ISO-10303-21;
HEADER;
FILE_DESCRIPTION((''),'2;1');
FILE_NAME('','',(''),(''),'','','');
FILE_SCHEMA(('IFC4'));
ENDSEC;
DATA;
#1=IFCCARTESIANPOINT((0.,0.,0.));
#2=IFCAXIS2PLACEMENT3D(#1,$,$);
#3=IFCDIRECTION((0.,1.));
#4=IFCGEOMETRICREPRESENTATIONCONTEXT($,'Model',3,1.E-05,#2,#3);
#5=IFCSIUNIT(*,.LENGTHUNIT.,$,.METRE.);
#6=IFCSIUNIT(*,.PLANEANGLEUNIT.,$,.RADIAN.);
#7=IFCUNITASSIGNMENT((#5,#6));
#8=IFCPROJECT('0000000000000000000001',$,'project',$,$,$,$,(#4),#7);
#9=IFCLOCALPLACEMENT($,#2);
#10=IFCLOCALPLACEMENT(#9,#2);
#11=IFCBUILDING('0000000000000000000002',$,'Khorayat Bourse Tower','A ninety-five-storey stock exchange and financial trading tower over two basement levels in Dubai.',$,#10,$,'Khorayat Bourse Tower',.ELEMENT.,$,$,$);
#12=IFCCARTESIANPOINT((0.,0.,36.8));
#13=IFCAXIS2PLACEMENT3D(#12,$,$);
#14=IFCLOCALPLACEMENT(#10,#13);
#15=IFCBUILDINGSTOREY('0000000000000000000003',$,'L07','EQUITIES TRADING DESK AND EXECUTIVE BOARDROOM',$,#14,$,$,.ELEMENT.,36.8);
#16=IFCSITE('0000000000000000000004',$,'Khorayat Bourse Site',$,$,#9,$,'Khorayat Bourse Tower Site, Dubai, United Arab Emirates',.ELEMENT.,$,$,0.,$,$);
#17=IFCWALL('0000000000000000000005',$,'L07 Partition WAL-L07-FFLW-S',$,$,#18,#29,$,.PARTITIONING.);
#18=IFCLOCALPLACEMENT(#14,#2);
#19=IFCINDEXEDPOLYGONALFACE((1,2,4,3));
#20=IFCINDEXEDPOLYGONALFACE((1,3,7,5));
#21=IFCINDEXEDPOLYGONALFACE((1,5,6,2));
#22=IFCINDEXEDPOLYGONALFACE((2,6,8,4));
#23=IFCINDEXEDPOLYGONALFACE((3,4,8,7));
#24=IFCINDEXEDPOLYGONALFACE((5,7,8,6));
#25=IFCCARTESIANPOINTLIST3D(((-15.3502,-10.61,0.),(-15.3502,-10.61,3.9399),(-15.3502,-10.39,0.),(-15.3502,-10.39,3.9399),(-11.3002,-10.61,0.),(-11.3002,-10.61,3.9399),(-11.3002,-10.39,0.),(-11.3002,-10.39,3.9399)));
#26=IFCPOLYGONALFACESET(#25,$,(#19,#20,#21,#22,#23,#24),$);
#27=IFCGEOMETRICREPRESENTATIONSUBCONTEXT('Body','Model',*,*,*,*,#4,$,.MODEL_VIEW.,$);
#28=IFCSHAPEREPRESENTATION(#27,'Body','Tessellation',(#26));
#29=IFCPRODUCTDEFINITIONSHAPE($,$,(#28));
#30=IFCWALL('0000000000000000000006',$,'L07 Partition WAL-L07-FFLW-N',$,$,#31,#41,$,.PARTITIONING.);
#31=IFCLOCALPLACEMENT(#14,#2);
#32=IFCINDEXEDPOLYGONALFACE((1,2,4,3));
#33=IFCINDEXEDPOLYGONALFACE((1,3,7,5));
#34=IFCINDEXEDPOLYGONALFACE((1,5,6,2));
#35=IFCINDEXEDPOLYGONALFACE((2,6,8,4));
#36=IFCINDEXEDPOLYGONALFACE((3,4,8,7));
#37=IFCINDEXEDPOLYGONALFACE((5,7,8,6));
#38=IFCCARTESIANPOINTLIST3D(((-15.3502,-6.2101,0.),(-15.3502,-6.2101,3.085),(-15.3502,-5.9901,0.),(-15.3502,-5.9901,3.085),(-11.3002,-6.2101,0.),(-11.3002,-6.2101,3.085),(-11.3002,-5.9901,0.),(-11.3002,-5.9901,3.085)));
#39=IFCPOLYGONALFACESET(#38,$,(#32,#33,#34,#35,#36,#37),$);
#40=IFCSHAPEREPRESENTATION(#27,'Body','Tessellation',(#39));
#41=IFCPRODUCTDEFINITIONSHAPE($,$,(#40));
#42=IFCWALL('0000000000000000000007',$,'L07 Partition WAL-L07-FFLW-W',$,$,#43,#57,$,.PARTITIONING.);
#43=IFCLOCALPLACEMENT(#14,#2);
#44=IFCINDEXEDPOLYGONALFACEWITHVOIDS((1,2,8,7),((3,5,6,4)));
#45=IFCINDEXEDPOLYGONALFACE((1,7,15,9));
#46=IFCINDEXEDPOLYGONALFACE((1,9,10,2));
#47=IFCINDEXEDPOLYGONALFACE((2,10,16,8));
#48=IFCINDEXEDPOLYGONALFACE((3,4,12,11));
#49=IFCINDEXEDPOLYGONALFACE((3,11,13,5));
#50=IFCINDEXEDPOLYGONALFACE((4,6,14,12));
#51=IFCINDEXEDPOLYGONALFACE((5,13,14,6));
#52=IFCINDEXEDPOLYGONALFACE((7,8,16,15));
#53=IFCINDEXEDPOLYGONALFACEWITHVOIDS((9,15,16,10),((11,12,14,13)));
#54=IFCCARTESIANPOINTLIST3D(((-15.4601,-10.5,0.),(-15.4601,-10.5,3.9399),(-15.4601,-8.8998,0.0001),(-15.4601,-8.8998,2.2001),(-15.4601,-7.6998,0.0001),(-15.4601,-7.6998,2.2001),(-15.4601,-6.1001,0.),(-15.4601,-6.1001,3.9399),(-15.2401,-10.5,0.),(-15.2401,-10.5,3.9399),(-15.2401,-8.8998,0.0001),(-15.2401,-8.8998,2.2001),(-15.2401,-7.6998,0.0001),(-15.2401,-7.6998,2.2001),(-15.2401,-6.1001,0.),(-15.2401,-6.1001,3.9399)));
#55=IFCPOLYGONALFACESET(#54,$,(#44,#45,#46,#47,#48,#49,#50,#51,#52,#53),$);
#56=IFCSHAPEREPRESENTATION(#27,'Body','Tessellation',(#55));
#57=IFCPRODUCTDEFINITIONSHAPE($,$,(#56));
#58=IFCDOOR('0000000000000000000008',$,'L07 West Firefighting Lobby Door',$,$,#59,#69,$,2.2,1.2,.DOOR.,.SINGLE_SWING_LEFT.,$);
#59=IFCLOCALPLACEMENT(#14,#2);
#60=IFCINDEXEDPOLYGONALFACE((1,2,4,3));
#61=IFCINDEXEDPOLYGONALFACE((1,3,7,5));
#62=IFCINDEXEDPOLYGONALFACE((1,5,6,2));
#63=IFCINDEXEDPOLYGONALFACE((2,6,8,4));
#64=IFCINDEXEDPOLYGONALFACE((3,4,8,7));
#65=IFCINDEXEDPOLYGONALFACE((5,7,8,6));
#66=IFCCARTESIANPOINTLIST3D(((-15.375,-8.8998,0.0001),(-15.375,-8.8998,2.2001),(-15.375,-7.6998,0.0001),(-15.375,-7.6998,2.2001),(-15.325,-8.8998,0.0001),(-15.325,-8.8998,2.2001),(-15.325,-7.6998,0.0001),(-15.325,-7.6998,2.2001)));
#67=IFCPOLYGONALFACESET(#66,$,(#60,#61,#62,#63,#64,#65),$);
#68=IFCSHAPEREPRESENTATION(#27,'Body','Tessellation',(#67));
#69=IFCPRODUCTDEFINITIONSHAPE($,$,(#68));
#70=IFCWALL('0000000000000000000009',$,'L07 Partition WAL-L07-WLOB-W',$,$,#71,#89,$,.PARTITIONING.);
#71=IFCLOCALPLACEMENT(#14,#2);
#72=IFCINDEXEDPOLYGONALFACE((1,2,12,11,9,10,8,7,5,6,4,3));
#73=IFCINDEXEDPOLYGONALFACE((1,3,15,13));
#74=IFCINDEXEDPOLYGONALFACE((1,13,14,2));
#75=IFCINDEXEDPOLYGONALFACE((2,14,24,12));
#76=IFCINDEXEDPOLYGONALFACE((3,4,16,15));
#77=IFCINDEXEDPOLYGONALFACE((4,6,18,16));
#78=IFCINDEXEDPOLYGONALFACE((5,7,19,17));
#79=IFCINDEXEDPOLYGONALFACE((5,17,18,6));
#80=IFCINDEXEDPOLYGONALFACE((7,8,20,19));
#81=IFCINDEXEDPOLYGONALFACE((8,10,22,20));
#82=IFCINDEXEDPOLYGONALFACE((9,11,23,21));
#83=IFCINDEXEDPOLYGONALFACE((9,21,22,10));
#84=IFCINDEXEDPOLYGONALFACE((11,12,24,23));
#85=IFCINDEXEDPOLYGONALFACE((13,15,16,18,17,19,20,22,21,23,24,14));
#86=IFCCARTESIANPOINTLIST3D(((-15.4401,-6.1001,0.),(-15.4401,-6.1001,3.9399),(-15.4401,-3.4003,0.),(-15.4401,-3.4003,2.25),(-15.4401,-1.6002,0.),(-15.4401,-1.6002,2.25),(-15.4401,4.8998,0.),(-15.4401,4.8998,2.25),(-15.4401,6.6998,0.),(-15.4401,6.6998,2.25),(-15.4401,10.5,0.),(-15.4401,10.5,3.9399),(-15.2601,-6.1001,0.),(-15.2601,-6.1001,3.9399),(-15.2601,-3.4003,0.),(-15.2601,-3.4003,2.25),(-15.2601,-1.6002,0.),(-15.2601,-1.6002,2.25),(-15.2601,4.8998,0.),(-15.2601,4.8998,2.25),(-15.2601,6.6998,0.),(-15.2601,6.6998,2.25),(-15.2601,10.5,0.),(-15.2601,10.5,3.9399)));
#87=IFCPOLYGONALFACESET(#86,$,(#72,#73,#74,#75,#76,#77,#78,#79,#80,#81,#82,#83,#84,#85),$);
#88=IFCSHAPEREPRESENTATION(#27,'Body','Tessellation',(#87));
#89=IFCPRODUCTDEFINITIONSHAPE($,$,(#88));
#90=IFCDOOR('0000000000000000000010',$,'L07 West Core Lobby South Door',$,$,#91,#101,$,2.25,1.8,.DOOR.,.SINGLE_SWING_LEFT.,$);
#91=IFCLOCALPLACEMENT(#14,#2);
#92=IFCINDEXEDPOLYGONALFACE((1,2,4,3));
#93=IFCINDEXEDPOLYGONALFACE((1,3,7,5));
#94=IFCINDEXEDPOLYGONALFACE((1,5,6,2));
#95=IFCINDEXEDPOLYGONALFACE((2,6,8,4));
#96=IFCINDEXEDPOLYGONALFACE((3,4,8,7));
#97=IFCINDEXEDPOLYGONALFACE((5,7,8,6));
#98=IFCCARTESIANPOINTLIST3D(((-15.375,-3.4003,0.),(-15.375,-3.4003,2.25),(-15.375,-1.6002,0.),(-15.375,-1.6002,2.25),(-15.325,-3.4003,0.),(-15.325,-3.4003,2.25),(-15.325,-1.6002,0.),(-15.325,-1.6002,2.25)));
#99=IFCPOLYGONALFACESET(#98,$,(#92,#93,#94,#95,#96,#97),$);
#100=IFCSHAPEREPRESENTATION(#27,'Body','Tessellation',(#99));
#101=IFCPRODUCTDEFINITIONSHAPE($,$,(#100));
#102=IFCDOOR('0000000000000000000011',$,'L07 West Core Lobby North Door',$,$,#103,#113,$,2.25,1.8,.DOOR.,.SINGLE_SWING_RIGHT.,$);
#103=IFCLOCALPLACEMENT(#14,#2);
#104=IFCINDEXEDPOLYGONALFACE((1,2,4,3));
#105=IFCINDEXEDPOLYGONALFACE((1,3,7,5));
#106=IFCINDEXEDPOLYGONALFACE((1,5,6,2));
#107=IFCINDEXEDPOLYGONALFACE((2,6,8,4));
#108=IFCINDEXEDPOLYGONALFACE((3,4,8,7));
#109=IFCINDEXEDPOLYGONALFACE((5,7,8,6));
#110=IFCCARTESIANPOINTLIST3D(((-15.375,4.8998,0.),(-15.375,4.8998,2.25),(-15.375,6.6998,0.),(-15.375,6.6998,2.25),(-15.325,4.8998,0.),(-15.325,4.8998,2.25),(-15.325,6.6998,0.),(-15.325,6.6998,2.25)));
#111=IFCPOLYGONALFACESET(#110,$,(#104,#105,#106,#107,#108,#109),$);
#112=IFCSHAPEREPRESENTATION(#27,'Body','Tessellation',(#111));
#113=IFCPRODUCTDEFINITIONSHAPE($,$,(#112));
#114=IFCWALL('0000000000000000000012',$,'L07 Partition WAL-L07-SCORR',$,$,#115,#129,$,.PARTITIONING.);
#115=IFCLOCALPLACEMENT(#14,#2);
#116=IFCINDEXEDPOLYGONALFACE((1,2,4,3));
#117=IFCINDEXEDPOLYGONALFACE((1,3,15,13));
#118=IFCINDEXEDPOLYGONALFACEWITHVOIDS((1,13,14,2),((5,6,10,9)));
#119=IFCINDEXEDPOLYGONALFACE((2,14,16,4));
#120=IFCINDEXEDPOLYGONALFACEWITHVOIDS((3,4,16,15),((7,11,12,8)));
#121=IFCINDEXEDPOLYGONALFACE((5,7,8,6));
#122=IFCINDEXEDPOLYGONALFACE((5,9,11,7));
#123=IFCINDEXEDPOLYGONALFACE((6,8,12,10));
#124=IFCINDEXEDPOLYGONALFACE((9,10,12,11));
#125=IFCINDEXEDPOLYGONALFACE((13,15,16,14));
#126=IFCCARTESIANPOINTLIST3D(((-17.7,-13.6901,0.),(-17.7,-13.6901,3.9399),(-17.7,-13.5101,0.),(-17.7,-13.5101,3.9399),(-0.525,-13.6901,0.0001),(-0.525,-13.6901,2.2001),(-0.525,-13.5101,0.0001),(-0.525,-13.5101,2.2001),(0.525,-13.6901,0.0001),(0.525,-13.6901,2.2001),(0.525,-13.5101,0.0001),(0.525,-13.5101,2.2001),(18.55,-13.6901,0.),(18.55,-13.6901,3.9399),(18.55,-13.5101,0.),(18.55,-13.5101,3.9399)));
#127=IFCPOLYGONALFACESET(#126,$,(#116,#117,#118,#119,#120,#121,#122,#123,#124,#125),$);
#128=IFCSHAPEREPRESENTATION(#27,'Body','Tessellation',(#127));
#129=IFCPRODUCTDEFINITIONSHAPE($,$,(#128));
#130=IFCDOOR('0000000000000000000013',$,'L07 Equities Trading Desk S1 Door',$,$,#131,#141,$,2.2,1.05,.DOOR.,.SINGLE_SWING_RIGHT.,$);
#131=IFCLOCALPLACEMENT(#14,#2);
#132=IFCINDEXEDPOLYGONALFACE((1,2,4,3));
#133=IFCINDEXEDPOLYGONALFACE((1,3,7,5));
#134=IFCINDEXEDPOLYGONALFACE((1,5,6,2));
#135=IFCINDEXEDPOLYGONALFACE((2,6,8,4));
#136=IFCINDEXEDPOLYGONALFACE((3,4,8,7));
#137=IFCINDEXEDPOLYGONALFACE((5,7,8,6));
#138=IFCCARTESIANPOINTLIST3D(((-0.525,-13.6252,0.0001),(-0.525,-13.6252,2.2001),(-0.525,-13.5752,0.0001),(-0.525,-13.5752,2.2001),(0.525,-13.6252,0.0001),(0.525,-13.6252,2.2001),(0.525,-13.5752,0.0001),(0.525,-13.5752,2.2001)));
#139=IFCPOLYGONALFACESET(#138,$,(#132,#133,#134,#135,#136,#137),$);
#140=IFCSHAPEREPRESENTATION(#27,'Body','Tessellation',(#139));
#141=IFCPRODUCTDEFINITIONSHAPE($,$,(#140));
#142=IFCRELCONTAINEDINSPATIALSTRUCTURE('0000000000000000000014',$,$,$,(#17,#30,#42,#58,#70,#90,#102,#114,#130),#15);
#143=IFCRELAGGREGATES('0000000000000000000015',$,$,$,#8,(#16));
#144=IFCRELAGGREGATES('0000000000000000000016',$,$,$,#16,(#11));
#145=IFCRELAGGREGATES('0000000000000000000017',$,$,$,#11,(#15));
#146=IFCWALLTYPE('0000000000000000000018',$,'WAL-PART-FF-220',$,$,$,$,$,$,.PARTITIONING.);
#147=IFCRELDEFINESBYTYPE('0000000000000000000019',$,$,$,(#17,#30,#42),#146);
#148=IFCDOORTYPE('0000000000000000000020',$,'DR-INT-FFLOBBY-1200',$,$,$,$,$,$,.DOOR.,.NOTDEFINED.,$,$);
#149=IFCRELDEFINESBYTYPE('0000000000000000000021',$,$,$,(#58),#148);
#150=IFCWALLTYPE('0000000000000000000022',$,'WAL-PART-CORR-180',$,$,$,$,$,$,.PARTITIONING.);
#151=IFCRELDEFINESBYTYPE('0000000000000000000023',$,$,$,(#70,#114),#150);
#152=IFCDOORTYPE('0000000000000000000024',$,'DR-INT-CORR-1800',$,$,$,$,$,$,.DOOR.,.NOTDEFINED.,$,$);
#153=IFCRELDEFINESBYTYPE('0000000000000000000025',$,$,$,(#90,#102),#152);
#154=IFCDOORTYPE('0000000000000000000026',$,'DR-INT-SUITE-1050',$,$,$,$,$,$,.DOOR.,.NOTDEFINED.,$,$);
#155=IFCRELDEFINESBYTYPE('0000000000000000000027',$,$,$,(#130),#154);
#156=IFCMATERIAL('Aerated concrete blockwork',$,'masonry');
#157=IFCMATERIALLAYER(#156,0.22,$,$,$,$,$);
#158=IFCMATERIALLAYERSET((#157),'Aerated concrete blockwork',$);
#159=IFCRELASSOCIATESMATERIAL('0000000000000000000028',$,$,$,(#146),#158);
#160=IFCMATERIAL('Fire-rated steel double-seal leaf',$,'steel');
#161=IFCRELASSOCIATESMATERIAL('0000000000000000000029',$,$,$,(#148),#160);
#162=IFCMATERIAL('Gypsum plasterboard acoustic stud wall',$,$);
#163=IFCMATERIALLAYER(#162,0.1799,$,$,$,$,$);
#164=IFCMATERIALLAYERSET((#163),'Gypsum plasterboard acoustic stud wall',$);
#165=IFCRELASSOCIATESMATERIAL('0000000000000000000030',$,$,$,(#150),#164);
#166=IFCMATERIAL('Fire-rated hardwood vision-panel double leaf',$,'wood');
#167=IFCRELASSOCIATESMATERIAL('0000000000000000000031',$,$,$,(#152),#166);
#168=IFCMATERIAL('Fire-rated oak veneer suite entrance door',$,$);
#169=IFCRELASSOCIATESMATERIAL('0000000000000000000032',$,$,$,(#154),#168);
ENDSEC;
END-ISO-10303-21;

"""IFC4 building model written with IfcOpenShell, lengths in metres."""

from ifc_helpers import new_model, si_unit, direction, frame, frame_2d, origin, place, context, subcontext, project, spatial, rectangle, extrude, source, transform, mapped, material, layer, layer_set, type_object, element, fill, save


model = new_model("IFC4")

# Units and contexts
model_context = context("Model", 3, precision=1e-05, world=origin(), true_north=direction((0.0, 1.0)))
body_context = subcontext(model_context, "Body", "Model", "MODEL_VIEW")
ifc_project = project(units=[si_unit("LENGTHUNIT", "METRE"), si_unit("PLANEANGLEUNIT", "RADIAN")], contexts=[model_context])

# Site, building, storey
site_placement = place(None, origin())
site = spatial("IfcSite", under=ifc_project, at=site_placement, Name="Khorayat Bourse Site", LongName="Khorayat Bourse Tower Site, Dubai, United Arab Emirates", CompositionType="ELEMENT", RefElevation=0.0)
building_placement = place(site_placement, origin())
building = spatial("IfcBuilding", under=site, at=building_placement, Name="Khorayat Bourse Tower", Description="A ninety-five-storey stock exchange and financial trading tower over two basement levels in Dubai.", LongName="Khorayat Bourse Tower", CompositionType="ELEMENT")
storey_placement = place(building_placement, frame((0.0, 0.0, 36.8)))
storey = spatial("IfcBuildingStorey", under=building, at=storey_placement, Name="L07", Description="EQUITIES TRADING DESK AND EXECUTIVE BOARDROOM", CompositionType="ELEMENT", Elevation=36.8)

# Walls
ifc_material_1 = material(Name="Aerated concrete blockwork", Category="masonry")
ifc_layer_1 = layer(ifc_material_1, 0.22)
ifc_layer_set_1 = layer_set([ifc_layer_1], Name="Aerated concrete blockwork")
wall_type_1 = type_object("IfcWallType", Name="WAL-PART-FF-220", PredefinedType="PARTITIONING", material=ifc_layer_set_1)
shared_shape_1 = source(origin(), body_context, "Body", "SweptSolid", [
    extrude(rectangle(XDim=4.05, YDim=0.22, at=frame_2d((2.0249, 0.0))), origin(), (0.0, 0.0, 1.0), 3.9399),
])
wall_1_placement = place(storey_placement, frame((-15.3501, -10.5, 0.0), z_axis=(0.0, 0.0, 1.0), x_axis=(1.0, 0.0, 0.0)))
element("IfcWall", 1, at=wall_1_placement, inside=storey, type_object=wall_type_1, Name="L07 Partition WAL-L07-FFLW-S", PredefinedType="PARTITIONING", context=body_context, shape_type="MappedRepresentation", body=[
    mapped(shared_shape_1, transform((0.0, 0.0, 0.0), scale=1.0)),
])
shared_shape_2 = source(origin(), body_context, "Body", "SweptSolid", [
    extrude(rectangle(XDim=4.05, YDim=0.22, at=frame_2d((2.0249, 0.0))), origin(), (0.0, 0.0, 1.0), 3.085),
])
wall_2_placement = place(storey_placement, frame((-15.3501, -6.1001, 0.0), z_axis=(0.0, 0.0, 1.0), x_axis=(1.0, 0.0, 0.0)))
element("IfcWall", 2, at=wall_2_placement, inside=storey, type_object=wall_type_1, Name="L07 Partition WAL-L07-FFLW-N", PredefinedType="PARTITIONING", context=body_context, shape_type="MappedRepresentation", body=[
    mapped(shared_shape_2, transform((0.0, 0.0, 0.0), scale=1.0)),
])

# Wall, opening, door
shared_shape_3 = source(origin(), body_context, "Body", "SweptSolid", [
    extrude(rectangle(XDim=4.3999, YDim=0.22, at=frame_2d((2.2, 0.0))), origin(), (0.0, 0.0, 1.0), 3.9399),
])
wall_3_placement = place(storey_placement, frame((-15.3501, -10.5, 0.0), z_axis=(0.0, 0.0, 1.0), x_axis=(0.0, 1.0, 0.0)))
wall_3 = element("IfcWall", 3, at=wall_3_placement, inside=storey, type_object=wall_type_1, Name="L07 Partition WAL-L07-FFLW-W", PredefinedType="PARTITIONING", context=body_context, shape_type="MappedRepresentation", body=[
    mapped(shared_shape_3, transform((0.0, 0.0, 0.0), scale=1.0)),
])
shared_shape_4 = source(origin(), body_context, "Body", "SweptSolid", [
    extrude(rectangle(XDim=1.2, YDim=2.2, at=frame_2d((0.6001, 1.1001))), frame((0.0, 0.1199, 0.0), z_axis=(0.0, -1.0, 0.0), x_axis=(1.0, 0.0, 0.0)), (0.0, 0.0, 1.0), 0.24),
])
opening_1_placement = place(wall_3_placement, frame((1.6001, 0.0, 0.0)))
opening_1 = element("IfcOpeningElement", 4, at=opening_1_placement, cuts=wall_3, PredefinedType="OPENING", context=body_context, shape_type="MappedRepresentation", body=[
    mapped(shared_shape_4, transform((0.0, 0.0, 0.0), scale=1.0)),
])
ifc_material_2 = material(Name="Fire-rated steel double-seal leaf", Category="steel")
door_type_1 = type_object("IfcDoorType", Name="DR-INT-FFLOBBY-1200", OperationType="NOTDEFINED", PredefinedType="DOOR", material=ifc_material_2)
shared_shape_5 = source(origin(), body_context, "Body", "SweptSolid", [
    extrude(rectangle(XDim=1.2, YDim=2.2, at=frame_2d((0.6001, 1.1001))), frame((0.0, 0.0249, 0.0), z_axis=(0.0, -1.0, 0.0), x_axis=(1.0, 0.0, 0.0)), (0.0, 0.0, 1.0), 0.05),
])
door_1_placement = place(opening_1_placement, origin())
door_1 = element("IfcDoor", 5, at=door_1_placement, inside=storey, type_object=door_type_1, Name="L07 West Firefighting Lobby Door", OperationType="SINGLE_SWING_LEFT", OverallHeight=2.2, OverallWidth=1.2, PredefinedType="DOOR", context=body_context, shape_type="MappedRepresentation", body=[
    mapped(shared_shape_5, transform((0.0, 0.0, 0.0), scale=1.0)),
])
fill(opening_1, door_1)

# Wall, openings, doors
ifc_material_3 = material(Name="Gypsum plasterboard acoustic stud wall")
ifc_layer_2 = layer(ifc_material_3, 0.1799)
ifc_layer_set_2 = layer_set([ifc_layer_2], Name="Gypsum plasterboard acoustic stud wall")
wall_type_2 = type_object("IfcWallType", Name="WAL-PART-CORR-180", PredefinedType="PARTITIONING", material=ifc_layer_set_2)
shared_shape_6 = source(origin(), body_context, "Body", "SweptSolid", [
    extrude(rectangle(XDim=16.6001, YDim=0.1799, at=frame_2d((8.3, 0.0))), origin(), (0.0, 0.0, 1.0), 3.9399),
])
wall_4_placement = place(storey_placement, frame((-15.3501, -6.1001, 0.0), z_axis=(0.0, 0.0, 1.0), x_axis=(0.0, 1.0, 0.0)))
wall_4 = element("IfcWall", 6, at=wall_4_placement, inside=storey, type_object=wall_type_2, Name="L07 Partition WAL-L07-WLOB-W", PredefinedType="PARTITIONING", context=body_context, shape_type="MappedRepresentation", body=[
    mapped(shared_shape_6, transform((0.0, 0.0, 0.0), scale=1.0)),
])
shared_shape_7 = source(origin(), body_context, "Body", "SweptSolid", [
    extrude(rectangle(XDim=1.8, YDim=2.25, at=frame_2d((0.8999, 1.125))), frame((0.0, 0.0999, 0.0), z_axis=(0.0, -1.0, 0.0), x_axis=(1.0, 0.0, 0.0)), (0.0, 0.0, 1.0), 0.2),
])
opening_2_placement = place(wall_4_placement, frame((2.7, 0.0, 0.0)))
opening_2 = element("IfcOpeningElement", 7, at=opening_2_placement, cuts=wall_4, PredefinedType="OPENING", context=body_context, shape_type="MappedRepresentation", body=[
    mapped(shared_shape_7, transform((0.0, 0.0, 0.0), scale=1.0)),
])
opening_3_placement = place(wall_4_placement, frame((11.0, 0.0, 0.0)))
opening_3 = element("IfcOpeningElement", 8, at=opening_3_placement, cuts=wall_4, PredefinedType="OPENING", context=body_context, shape_type="MappedRepresentation", body=[
    mapped(shared_shape_7, transform((0.0, 0.0, 0.0), scale=1.0)),
])
ifc_material_4 = material(Name="Fire-rated hardwood vision-panel double leaf", Category="wood")
door_type_2 = type_object("IfcDoorType", Name="DR-INT-CORR-1800", OperationType="NOTDEFINED", PredefinedType="DOOR", material=ifc_material_4)
shared_shape_8 = source(origin(), body_context, "Body", "SweptSolid", [
    extrude(rectangle(XDim=1.8, YDim=2.25, at=frame_2d((0.8999, 1.125))), frame((0.0, 0.0249, 0.0), z_axis=(0.0, -1.0, 0.0), x_axis=(1.0, 0.0, 0.0)), (0.0, 0.0, 1.0), 0.05),
])
door_2_placement = place(opening_2_placement, origin())
door_2 = element("IfcDoor", 9, at=door_2_placement, inside=storey, type_object=door_type_2, Name="L07 West Core Lobby South Door", OperationType="SINGLE_SWING_LEFT", OverallHeight=2.25, OverallWidth=1.8, PredefinedType="DOOR", context=body_context, shape_type="MappedRepresentation", body=[
    mapped(shared_shape_8, transform((0.0, 0.0, 0.0), scale=1.0)),
])
fill(opening_2, door_2)
door_3_placement = place(opening_3_placement, origin())
door_3 = element("IfcDoor", 10, at=door_3_placement, inside=storey, type_object=door_type_2, Name="L07 West Core Lobby North Door", OperationType="SINGLE_SWING_RIGHT", OverallHeight=2.25, OverallWidth=1.8, PredefinedType="DOOR", context=body_context, shape_type="MappedRepresentation", body=[
    mapped(shared_shape_8, transform((0.0, 0.0, 0.0), scale=1.0)),
])
fill(opening_3, door_3)

# Wall, opening, door
shared_shape_9 = source(origin(), body_context, "Body", "SweptSolid", [
    extrude(rectangle(XDim=36.25, YDim=0.1799, at=frame_2d((18.125, 0.0))), origin(), (0.0, 0.0, 1.0), 3.9399),
])
wall_5_placement = place(storey_placement, frame((-17.7, -13.6001, 0.0), z_axis=(0.0, 0.0, 1.0), x_axis=(1.0, 0.0, 0.0)))
wall_5 = element("IfcWall", 11, at=wall_5_placement, inside=storey, type_object=wall_type_2, Name="L07 Partition WAL-L07-SCORR", PredefinedType="PARTITIONING", context=body_context, shape_type="MappedRepresentation", body=[
    mapped(shared_shape_9, transform((0.0, 0.0, 0.0), scale=1.0)),
])
shared_shape_10 = source(origin(), body_context, "Body", "SweptSolid", [
    extrude(rectangle(XDim=1.05, YDim=2.2, at=frame_2d((0.5249, 1.1001))), frame((0.0, 0.0999, 0.0), z_axis=(0.0, -1.0, 0.0), x_axis=(1.0, 0.0, 0.0)), (0.0, 0.0, 1.0), 0.2),
])
opening_4_placement = place(wall_5_placement, frame((17.175, 0.0, 0.0)))
opening_4 = element("IfcOpeningElement", 12, at=opening_4_placement, cuts=wall_5, PredefinedType="OPENING", context=body_context, shape_type="MappedRepresentation", body=[
    mapped(shared_shape_10, transform((0.0, 0.0, 0.0), scale=1.0)),
])
ifc_material_5 = material(Name="Fire-rated oak veneer suite entrance door")
door_type_3 = type_object("IfcDoorType", Name="DR-INT-SUITE-1050", OperationType="NOTDEFINED", PredefinedType="DOOR", material=ifc_material_5)
shared_shape_11 = source(origin(), body_context, "Body", "SweptSolid", [
    extrude(rectangle(XDim=1.05, YDim=2.2, at=frame_2d((0.5249, 1.1001))), frame((0.0, 0.0249, 0.0), z_axis=(0.0, -1.0, 0.0), x_axis=(1.0, 0.0, 0.0)), (0.0, 0.0, 1.0), 0.05),
])
door_4_placement = place(opening_4_placement, origin())
door_4 = element("IfcDoor", 13, at=door_4_placement, inside=storey, type_object=door_type_3, Name="L07 Equities Trading Desk S1 Door", OperationType="SINGLE_SWING_RIGHT", OverallHeight=2.2, OverallWidth=1.05, PredefinedType="DOOR", context=body_context, shape_type="MappedRepresentation", body=[
    mapped(shared_shape_11, transform((0.0, 0.0, 0.0), scale=1.0)),
])
fill(opening_4, door_4)

save(model, "model.ifc")
